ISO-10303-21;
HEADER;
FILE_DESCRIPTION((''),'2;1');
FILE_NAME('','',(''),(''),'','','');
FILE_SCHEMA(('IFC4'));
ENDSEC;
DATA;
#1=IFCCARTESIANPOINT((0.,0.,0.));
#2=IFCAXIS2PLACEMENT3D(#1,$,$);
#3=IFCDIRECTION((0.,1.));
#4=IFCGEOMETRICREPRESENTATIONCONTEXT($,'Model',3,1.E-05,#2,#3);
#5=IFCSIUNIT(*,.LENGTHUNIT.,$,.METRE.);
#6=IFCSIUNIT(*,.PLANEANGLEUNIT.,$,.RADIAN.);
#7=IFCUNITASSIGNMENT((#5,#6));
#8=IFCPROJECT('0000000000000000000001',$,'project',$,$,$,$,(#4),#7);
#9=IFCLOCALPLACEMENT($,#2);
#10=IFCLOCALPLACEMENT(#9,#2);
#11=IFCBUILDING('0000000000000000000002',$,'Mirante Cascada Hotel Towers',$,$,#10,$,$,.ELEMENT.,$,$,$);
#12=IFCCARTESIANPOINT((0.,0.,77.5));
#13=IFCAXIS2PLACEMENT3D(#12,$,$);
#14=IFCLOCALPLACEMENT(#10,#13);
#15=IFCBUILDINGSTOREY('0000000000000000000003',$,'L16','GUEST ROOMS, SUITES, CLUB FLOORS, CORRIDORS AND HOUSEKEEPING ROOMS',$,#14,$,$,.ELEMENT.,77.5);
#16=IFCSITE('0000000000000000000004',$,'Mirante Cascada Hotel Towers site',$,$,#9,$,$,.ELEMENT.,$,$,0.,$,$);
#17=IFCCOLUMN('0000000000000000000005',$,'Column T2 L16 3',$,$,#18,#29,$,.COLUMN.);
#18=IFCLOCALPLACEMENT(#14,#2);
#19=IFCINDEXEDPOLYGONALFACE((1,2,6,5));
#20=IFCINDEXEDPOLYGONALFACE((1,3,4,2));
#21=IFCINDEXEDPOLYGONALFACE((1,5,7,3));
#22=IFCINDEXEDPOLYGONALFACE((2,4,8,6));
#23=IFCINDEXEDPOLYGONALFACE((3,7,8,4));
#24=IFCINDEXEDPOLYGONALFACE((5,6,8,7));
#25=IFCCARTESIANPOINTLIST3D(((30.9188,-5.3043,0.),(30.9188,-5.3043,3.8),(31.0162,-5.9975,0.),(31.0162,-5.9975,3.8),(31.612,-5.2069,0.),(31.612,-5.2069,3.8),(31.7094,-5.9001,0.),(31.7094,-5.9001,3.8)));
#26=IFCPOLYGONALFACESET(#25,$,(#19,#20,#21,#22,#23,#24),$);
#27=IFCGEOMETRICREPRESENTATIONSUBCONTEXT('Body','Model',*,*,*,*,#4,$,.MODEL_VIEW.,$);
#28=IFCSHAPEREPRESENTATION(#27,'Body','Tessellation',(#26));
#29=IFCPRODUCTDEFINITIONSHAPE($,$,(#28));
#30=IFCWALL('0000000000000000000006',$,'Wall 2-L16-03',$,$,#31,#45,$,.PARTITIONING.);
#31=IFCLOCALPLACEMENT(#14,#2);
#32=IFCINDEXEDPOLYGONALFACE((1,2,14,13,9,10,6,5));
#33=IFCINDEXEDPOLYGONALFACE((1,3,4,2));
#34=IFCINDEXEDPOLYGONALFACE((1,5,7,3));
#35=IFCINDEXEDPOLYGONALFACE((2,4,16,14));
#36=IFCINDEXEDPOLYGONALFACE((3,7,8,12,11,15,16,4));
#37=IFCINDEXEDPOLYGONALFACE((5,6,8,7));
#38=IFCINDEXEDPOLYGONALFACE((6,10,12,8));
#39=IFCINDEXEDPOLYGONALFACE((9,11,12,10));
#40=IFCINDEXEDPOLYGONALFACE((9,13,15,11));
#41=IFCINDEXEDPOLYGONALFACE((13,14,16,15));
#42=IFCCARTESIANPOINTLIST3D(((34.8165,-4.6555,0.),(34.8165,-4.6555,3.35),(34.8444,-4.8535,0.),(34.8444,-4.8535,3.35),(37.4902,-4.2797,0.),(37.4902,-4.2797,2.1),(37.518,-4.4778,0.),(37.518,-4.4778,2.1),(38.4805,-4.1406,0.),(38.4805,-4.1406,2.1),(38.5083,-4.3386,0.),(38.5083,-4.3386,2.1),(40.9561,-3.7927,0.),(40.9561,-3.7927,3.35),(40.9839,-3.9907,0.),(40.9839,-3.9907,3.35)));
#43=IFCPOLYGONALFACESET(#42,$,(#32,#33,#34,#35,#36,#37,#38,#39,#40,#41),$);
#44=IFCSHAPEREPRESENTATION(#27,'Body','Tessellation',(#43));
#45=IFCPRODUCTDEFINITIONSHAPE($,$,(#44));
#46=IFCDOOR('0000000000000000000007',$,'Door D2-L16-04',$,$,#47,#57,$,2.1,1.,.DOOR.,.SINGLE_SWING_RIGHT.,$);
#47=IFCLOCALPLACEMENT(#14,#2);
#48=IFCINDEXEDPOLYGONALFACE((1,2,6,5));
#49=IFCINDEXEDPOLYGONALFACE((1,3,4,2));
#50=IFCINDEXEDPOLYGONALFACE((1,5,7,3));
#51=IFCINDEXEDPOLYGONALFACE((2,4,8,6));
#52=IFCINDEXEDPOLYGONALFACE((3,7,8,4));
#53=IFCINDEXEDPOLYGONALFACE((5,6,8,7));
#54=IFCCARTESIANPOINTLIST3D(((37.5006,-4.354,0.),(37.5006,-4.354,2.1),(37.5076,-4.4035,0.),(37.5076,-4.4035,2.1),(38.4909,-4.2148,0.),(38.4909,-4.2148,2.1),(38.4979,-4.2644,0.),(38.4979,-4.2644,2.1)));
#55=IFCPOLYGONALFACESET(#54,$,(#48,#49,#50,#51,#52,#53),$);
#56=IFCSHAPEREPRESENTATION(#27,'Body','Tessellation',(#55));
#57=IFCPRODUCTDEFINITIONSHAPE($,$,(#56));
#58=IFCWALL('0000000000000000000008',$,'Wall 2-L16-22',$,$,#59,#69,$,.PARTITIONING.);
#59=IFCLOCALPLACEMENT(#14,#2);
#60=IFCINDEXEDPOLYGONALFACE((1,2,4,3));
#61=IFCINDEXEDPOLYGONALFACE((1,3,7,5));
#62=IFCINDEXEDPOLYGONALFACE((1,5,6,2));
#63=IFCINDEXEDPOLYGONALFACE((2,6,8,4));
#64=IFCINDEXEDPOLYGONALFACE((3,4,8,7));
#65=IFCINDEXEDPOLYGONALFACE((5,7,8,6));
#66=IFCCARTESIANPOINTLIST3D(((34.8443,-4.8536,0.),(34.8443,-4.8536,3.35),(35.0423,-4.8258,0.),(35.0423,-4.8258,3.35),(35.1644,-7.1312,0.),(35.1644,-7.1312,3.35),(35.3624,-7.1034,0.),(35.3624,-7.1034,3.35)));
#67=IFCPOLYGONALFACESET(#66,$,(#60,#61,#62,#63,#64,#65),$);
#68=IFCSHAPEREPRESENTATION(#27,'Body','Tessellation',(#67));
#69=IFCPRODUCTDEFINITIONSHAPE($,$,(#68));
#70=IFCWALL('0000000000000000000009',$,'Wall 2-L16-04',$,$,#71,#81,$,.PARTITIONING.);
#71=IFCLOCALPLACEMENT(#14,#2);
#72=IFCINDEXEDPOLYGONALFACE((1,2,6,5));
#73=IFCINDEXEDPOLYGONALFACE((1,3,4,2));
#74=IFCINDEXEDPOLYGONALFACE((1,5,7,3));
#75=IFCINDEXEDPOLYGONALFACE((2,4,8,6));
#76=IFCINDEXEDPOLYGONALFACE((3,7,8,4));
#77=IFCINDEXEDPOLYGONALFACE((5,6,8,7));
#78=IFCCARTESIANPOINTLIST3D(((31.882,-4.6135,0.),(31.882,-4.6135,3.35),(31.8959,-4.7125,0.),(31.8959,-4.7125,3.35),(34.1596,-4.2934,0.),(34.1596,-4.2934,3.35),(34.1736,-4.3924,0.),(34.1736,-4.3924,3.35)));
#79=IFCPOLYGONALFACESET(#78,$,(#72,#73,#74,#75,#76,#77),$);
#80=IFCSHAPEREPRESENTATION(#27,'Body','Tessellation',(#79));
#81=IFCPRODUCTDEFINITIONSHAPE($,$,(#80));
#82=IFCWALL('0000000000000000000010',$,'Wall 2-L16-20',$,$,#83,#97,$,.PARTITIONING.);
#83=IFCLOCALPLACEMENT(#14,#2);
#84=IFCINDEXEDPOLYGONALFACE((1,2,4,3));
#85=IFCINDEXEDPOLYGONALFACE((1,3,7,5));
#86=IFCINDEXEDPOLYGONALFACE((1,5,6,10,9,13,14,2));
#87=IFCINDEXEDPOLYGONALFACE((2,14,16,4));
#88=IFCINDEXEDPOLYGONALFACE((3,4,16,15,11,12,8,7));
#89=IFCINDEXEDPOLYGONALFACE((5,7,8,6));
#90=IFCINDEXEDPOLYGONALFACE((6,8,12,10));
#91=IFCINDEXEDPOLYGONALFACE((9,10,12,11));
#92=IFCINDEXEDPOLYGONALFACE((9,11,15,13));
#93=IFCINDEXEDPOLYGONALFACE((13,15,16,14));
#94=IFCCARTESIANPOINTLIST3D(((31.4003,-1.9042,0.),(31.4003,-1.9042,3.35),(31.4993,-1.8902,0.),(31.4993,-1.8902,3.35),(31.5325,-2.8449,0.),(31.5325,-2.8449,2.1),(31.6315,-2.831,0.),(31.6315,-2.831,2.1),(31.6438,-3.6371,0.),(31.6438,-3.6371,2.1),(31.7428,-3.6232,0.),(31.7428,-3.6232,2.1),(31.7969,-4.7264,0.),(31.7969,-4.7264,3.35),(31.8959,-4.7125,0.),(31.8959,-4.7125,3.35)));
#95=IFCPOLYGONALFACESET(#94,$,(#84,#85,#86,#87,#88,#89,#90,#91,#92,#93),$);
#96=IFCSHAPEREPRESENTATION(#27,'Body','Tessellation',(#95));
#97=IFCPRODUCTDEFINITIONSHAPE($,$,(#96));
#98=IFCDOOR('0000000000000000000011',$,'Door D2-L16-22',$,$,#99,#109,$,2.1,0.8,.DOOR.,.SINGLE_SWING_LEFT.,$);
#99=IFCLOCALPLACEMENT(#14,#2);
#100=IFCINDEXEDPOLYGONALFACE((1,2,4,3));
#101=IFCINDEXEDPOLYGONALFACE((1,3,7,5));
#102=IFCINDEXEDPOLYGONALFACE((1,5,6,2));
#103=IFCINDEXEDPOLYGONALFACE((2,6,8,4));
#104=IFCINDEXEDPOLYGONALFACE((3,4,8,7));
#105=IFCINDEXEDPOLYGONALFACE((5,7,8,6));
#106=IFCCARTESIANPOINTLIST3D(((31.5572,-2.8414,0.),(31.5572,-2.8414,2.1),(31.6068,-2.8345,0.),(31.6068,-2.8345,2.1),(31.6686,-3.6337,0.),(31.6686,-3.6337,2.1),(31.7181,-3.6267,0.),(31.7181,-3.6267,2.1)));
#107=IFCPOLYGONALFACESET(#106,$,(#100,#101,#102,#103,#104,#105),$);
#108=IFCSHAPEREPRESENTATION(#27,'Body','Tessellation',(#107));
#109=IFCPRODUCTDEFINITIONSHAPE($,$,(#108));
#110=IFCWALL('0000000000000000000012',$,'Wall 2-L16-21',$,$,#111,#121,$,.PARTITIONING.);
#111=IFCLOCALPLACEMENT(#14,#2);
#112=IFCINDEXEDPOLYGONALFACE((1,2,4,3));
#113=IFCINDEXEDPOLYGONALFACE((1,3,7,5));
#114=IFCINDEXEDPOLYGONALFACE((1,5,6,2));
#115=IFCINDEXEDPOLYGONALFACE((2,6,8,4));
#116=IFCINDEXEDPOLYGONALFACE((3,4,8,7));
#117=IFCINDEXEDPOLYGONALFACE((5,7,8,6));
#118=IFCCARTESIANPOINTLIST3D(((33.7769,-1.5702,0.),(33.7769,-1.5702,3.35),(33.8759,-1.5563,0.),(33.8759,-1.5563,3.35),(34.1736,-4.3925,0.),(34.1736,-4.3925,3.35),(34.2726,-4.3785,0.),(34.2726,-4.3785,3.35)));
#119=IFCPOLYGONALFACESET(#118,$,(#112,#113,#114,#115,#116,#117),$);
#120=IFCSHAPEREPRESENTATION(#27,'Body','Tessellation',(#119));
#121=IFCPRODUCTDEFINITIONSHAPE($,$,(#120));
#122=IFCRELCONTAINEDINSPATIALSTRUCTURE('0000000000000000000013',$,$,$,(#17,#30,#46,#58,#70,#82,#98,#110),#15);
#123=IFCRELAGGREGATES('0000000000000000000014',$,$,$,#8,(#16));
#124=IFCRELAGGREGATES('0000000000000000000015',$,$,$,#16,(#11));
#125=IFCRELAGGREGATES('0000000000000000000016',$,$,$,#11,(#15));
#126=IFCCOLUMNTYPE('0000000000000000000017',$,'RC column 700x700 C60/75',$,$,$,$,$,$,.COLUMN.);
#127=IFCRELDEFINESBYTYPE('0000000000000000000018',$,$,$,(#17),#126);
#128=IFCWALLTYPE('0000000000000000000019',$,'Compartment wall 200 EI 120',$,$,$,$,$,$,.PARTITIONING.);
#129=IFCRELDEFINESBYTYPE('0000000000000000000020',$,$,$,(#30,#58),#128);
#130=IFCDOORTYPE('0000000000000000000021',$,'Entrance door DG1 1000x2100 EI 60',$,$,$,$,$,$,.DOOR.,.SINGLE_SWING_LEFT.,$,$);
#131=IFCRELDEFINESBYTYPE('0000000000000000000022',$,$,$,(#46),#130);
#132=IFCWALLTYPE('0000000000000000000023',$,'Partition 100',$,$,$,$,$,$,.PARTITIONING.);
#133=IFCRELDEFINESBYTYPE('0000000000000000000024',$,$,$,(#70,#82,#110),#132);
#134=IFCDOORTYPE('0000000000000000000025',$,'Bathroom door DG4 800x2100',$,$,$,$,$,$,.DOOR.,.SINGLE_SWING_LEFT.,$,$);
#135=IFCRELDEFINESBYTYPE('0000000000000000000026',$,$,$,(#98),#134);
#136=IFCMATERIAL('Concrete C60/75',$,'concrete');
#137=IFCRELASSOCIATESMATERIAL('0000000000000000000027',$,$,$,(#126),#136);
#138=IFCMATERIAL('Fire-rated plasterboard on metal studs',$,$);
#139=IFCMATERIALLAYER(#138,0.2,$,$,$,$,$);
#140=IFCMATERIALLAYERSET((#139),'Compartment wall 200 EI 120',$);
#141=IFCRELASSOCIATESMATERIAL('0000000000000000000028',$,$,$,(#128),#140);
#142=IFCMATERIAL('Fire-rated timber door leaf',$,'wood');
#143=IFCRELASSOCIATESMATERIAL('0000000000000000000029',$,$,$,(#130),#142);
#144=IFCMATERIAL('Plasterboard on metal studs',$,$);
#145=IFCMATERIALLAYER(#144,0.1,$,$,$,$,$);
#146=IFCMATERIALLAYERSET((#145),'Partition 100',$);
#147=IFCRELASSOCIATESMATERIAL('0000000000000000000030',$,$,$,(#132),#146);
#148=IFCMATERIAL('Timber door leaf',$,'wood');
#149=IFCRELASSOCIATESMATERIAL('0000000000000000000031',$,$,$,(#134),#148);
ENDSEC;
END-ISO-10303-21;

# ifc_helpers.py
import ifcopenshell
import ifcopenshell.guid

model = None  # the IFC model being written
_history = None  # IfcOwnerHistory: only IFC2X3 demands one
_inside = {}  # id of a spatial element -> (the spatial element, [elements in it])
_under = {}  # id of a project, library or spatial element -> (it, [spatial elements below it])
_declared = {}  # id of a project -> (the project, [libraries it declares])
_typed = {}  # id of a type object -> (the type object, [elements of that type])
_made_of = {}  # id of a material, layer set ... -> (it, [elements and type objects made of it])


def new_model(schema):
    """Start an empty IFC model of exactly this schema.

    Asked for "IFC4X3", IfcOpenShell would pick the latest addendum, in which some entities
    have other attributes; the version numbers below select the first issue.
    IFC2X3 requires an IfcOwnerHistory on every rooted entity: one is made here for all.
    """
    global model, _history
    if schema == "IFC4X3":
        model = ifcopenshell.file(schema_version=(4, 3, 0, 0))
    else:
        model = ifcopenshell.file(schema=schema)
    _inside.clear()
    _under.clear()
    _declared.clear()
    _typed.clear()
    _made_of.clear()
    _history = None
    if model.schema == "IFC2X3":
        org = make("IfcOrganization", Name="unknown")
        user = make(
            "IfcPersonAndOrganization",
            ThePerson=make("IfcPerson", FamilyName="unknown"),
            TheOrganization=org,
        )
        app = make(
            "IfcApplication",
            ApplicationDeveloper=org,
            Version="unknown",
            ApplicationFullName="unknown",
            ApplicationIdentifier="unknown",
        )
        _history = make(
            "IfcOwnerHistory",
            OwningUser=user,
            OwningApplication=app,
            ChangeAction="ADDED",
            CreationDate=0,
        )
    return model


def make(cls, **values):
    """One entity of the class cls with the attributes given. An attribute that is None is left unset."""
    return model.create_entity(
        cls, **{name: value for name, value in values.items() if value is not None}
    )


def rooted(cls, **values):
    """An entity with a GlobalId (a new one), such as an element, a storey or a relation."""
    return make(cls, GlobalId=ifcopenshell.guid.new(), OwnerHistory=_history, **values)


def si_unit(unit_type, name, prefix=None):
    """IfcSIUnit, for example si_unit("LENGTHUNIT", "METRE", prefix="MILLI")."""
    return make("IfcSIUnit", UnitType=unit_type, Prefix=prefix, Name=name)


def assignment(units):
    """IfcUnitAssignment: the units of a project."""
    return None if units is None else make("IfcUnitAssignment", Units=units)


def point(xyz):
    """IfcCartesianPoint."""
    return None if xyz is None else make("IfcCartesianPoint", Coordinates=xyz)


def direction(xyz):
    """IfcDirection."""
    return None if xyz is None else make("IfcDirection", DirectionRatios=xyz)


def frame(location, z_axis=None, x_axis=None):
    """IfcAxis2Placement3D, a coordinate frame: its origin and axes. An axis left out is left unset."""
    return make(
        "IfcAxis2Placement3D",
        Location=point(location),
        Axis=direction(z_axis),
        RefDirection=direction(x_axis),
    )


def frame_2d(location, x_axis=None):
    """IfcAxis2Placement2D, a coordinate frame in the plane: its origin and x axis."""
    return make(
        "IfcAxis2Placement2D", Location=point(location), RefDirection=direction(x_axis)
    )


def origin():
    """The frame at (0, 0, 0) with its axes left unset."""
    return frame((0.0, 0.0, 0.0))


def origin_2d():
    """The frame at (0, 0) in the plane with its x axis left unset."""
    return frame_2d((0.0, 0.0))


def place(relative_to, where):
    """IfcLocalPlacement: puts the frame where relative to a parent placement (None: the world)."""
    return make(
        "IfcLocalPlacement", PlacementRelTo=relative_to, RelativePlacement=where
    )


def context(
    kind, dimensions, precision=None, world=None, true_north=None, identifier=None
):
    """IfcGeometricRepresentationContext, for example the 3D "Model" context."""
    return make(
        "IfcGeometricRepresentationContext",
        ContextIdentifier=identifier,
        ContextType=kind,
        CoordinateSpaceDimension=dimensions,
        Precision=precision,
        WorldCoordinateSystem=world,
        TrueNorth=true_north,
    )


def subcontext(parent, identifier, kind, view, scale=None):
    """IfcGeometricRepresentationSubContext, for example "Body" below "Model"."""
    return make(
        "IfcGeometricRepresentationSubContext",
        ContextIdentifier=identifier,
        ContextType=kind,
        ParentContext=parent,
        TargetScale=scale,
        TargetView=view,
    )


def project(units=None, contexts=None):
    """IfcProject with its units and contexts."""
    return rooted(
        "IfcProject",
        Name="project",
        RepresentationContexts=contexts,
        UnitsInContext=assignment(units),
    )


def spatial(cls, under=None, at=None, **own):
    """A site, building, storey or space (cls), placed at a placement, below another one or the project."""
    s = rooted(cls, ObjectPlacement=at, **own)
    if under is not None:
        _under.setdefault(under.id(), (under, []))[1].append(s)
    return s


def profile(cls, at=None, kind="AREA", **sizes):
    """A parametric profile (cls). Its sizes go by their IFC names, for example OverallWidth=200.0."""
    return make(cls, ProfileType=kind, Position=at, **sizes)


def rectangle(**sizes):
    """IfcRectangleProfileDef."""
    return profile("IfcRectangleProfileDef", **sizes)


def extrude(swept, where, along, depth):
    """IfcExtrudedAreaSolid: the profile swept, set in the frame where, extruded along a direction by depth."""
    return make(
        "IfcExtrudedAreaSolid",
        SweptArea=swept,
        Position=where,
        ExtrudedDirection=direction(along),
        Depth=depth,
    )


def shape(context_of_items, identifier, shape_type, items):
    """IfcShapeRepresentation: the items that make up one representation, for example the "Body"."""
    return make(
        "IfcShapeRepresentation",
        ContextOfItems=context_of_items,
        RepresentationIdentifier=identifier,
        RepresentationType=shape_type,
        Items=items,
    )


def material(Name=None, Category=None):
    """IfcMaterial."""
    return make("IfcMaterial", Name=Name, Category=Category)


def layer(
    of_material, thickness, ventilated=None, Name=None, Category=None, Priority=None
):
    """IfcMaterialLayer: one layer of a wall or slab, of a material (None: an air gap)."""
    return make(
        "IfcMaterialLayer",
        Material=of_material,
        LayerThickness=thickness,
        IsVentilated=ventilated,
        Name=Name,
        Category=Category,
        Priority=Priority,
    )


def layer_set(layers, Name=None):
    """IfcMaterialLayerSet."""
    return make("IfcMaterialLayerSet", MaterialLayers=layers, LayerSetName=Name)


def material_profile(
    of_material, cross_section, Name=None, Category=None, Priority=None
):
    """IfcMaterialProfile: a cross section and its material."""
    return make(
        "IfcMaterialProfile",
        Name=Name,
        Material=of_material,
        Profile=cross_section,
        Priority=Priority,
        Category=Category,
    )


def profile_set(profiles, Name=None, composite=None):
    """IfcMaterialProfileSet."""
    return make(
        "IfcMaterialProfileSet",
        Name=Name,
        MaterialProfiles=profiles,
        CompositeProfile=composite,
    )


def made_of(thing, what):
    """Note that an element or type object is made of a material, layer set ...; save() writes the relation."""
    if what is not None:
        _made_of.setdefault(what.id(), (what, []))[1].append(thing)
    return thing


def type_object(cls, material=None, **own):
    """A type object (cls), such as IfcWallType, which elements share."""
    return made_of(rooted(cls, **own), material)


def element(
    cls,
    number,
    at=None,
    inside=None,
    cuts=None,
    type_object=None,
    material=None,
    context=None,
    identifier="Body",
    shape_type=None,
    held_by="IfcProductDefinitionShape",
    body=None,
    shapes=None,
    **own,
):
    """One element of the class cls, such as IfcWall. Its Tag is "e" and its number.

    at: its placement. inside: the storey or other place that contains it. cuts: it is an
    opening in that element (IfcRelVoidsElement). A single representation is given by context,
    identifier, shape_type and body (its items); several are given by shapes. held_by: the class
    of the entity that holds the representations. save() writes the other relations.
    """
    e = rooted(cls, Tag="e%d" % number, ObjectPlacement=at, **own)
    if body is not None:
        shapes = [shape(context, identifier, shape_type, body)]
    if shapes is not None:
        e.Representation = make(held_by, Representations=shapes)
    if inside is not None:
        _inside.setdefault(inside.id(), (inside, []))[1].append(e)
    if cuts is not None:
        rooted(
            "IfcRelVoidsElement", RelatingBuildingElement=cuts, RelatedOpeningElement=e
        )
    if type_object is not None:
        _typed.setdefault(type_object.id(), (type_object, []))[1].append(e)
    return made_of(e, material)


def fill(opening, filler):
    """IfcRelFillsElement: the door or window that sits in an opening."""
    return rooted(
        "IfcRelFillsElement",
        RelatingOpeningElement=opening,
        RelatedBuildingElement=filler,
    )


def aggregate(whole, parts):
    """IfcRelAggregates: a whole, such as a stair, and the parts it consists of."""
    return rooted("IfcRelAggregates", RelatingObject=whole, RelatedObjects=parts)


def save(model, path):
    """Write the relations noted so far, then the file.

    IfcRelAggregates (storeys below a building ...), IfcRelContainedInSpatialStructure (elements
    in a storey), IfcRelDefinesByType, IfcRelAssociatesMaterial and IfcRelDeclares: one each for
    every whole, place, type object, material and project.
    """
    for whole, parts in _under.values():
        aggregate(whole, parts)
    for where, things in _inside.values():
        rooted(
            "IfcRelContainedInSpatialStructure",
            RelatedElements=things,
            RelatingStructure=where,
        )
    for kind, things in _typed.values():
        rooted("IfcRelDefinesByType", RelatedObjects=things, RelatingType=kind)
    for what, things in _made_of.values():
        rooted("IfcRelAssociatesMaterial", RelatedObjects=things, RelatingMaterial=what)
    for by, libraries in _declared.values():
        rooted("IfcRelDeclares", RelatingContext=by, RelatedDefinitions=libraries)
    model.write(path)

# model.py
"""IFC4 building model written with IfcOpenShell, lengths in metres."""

from ifc_helpers import new_model, si_unit, direction, frame, frame_2d, origin, origin_2d, place, context, subcontext, project, spatial, rectangle, extrude, material, layer, layer_set, material_profile, profile_set, type_object, element, fill, save


model = new_model("IFC4")

# Units and contexts
model_context = context("Model", 3, precision=1e-05, world=origin(), true_north=direction((0.0, 1.0)))
body_context = subcontext(model_context, "Body", "Model", "MODEL_VIEW")
ifc_project = project(units=[si_unit("LENGTHUNIT", "METRE"), si_unit("PLANEANGLEUNIT", "RADIAN")], contexts=[model_context])

# Site, building, storey
site_placement = place(None, origin())
site = spatial("IfcSite", under=ifc_project, at=site_placement, Name="Mirante Cascada Hotel Towers site", CompositionType="ELEMENT", RefElevation=0.0)
building_placement = place(site_placement, origin())
building = spatial("IfcBuilding", under=site, at=building_placement, Name="Mirante Cascada Hotel Towers", CompositionType="ELEMENT")
storey_placement = place(building_placement, frame((0.0, 0.0, 77.5)))
storey = spatial("IfcBuildingStorey", under=building, at=storey_placement, Name="L16", Description="GUEST ROOMS, SUITES, CLUB FLOORS, CORRIDORS AND HOUSEKEEPING ROOMS", CompositionType="ELEMENT", Elevation=77.5)

# Column
ifc_material_1 = material(Name="Concrete C60/75", Category="concrete")
ifc_material_profile = material_profile(ifc_material_1, rectangle(XDim=0.7, YDim=0.7, at=origin_2d()), Name="RC column 700x700 C60/75")
ifc_profile_set = profile_set([ifc_material_profile], Name="Concrete C60/75")
column_type = type_object("IfcColumnType", Name="RC column 700x700 C60/75", PredefinedType="COLUMN", material=ifc_profile_set)
column_placement = place(storey_placement, frame((31.3141, -5.6022, 0.0), z_axis=(0.0, 0.0, 1.0), x_axis=(0.990268, 0.139173, 0.0)))
element("IfcColumn", 1, at=column_placement, inside=storey, type_object=column_type, Name="Column T2 L16 3", PredefinedType="COLUMN", context=body_context, shape_type="SweptSolid", body=[
    extrude(rectangle(XDim=0.7, YDim=0.7, at=origin_2d()), origin(), (0.0, 0.0, 1.0), 3.8),
])

# Wall, opening, door
ifc_material_2 = material(Name="Fire-rated plasterboard on metal studs")
ifc_layer_1 = layer(ifc_material_2, 0.2)
ifc_layer_set_1 = layer_set([ifc_layer_1], Name="Compartment wall 200 EI 120")
wall_type_1 = type_object("IfcWallType", Name="Compartment wall 200 EI 120", PredefinedType="PARTITIONING", material=ifc_layer_set_1)
wall_1_placement = place(storey_placement, frame((34.8304, -4.7545, 0.0), z_axis=(0.0, 0.0, 1.0), x_axis=(0.99027, 0.139163, 0.0)))
wall_1 = element("IfcWall", 2, at=wall_1_placement, inside=storey, type_object=wall_type_1, Name="Wall 2-L16-03", PredefinedType="PARTITIONING", context=body_context, shape_type="SweptSolid", body=[
    extrude(rectangle(XDim=6.1999, YDim=0.2, at=frame_2d((3.1, 0.0))), origin(), (0.0, 0.0, 1.0), 3.35),
])
opening_1_placement = place(wall_1_placement, frame((2.7, 0.0, 0.0)))
opening_1 = element("IfcOpeningElement", 3, at=opening_1_placement, cuts=wall_1, PredefinedType="OPENING", context=body_context, shape_type="SweptSolid", body=[
    extrude(rectangle(XDim=1.0, YDim=2.1, at=frame_2d((0.5, 1.05))), frame((0.0, 0.1, 0.0), z_axis=(0.0, -1.0, 0.0), x_axis=(1.0, 0.0, 0.0)), (0.0, 0.0, 1.0), 0.2),
])
ifc_material_3 = material(Name="Fire-rated timber door leaf", Category="wood")
door_type_1 = type_object("IfcDoorType", Name="Entrance door DG1 1000x2100 EI 60", OperationType="SINGLE_SWING_LEFT", PredefinedType="DOOR", material=ifc_material_3)
door_1_placement = place(opening_1_placement, frame((1.0, 0.0, 0.0), z_axis=(0.0, 0.0, 1.0), x_axis=(-1.0, 0.0, 0.0)))
door_1 = element("IfcDoor", 4, at=door_1_placement, inside=storey, type_object=door_type_1, Name="Door D2-L16-04", OperationType="SINGLE_SWING_RIGHT", OverallHeight=2.1, OverallWidth=1.0, PredefinedType="DOOR", context=body_context, shape_type="SweptSolid", body=[
    extrude(rectangle(XDim=1.0, YDim=2.1, at=frame_2d((0.5, 1.05))), frame((0.0, 0.025, 0.0), z_axis=(0.0, -1.0, 0.0), x_axis=(1.0, 0.0, 0.0)), (0.0, 0.0, 1.0), 0.05),
])
fill(opening_1, door_1)

# Walls
wall_2_placement = place(storey_placement, frame((34.9433, -4.8397, 0.0), z_axis=(0.0, 0.0, 1.0), x_axis=(0.139175, -0.990268, 0.0)))
element("IfcWall", 5, at=wall_2_placement, inside=storey, type_object=wall_type_1, Name="Wall 2-L16-22", PredefinedType="PARTITIONING", context=body_context, shape_type="SweptSolid", body=[
    extrude(rectangle(XDim=2.3, YDim=0.2, at=frame_2d((1.15, 0.0))), origin(), (0.0, 0.0, 1.0), 3.35),
])
ifc_material_4 = material(Name="Plasterboard on metal studs")
ifc_layer_2 = layer(ifc_material_4, 0.1)
ifc_layer_set_2 = layer_set([ifc_layer_2], Name="Partition 100")
wall_type_2 = type_object("IfcWallType", Name="Partition 100", PredefinedType="PARTITIONING", material=ifc_layer_set_2)
wall_3_placement = place(storey_placement, frame((34.1666, -4.3429, 0.0), z_axis=(0.0, 0.0, 1.0), x_axis=(-0.990268, -0.139175, 0.0)))
element("IfcWall", 6, at=wall_3_placement, inside=storey, type_object=wall_type_2, Name="Wall 2-L16-04", PredefinedType="PARTITIONING", context=body_context, shape_type="SweptSolid", body=[
    extrude(rectangle(XDim=2.3, YDim=0.1, at=frame_2d((1.15, 0.0))), origin(), (0.0, 0.0, 1.0), 3.35),
])

# Wall, opening, door
wall_4_placement = place(storey_placement, frame((31.4498, -1.8972, 0.0), z_axis=(0.0, 0.0, 1.0), x_axis=(0.139156, -0.99027, 0.0)))
wall_4 = element("IfcWall", 7, at=wall_4_placement, inside=storey, type_object=wall_type_2, Name="Wall 2-L16-20", PredefinedType="PARTITIONING", context=body_context, shape_type="SweptSolid", body=[
    extrude(rectangle(XDim=2.85, YDim=0.1, at=frame_2d((1.425, 0.0))), origin(), (0.0, 0.0, 1.0), 3.35),
])
opening_2_placement = place(wall_4_placement, frame((0.95, 0.0, 0.0)))
opening_2 = element("IfcOpeningElement", 8, at=opening_2_placement, cuts=wall_4, PredefinedType="OPENING", context=body_context, shape_type="SweptSolid", body=[
    extrude(rectangle(XDim=0.8, YDim=2.1, at=frame_2d((0.4, 1.05))), frame((0.0, 0.05, 0.0), z_axis=(0.0, -1.0, 0.0), x_axis=(1.0, 0.0, 0.0)), (0.0, 0.0, 1.0), 0.1),
])
ifc_material_5 = material(Name="Timber door leaf", Category="wood")
door_type_2 = type_object("IfcDoorType", Name="Bathroom door DG4 800x2100", OperationType="SINGLE_SWING_LEFT", PredefinedType="DOOR", material=ifc_material_5)
door_2_placement = place(opening_2_placement, origin())
door_2 = element("IfcDoor", 9, at=door_2_placement, inside=storey, type_object=door_type_2, Name="Door D2-L16-22", OperationType="SINGLE_SWING_LEFT", OverallHeight=2.1, OverallWidth=0.8, PredefinedType="DOOR", context=body_context, shape_type="SweptSolid", body=[
    extrude(rectangle(XDim=0.8, YDim=2.1, at=frame_2d((0.4, 1.05))), frame((0.0, 0.025, 0.0), z_axis=(0.0, -1.0, 0.0), x_axis=(1.0, 0.0, 0.0)), (0.0, 0.0, 1.0), 0.05),
])
fill(opening_2, door_2)

# Wall
wall_5_placement = place(storey_placement, frame((34.2231, -4.3855, 0.0), z_axis=(0.0, 0.0, 1.0), x_axis=(-0.139191, 0.990266, 0.0)))
element("IfcWall", 10, at=wall_5_placement, inside=storey, type_object=wall_type_2, Name="Wall 2-L16-21", PredefinedType="PARTITIONING", context=body_context, shape_type="SweptSolid", body=[
    extrude(rectangle(XDim=2.85, YDim=0.1, at=frame_2d((1.425, 0.0))), origin(), (0.0, 0.0, 1.0), 3.35),
])

save(model, "model.ifc")
